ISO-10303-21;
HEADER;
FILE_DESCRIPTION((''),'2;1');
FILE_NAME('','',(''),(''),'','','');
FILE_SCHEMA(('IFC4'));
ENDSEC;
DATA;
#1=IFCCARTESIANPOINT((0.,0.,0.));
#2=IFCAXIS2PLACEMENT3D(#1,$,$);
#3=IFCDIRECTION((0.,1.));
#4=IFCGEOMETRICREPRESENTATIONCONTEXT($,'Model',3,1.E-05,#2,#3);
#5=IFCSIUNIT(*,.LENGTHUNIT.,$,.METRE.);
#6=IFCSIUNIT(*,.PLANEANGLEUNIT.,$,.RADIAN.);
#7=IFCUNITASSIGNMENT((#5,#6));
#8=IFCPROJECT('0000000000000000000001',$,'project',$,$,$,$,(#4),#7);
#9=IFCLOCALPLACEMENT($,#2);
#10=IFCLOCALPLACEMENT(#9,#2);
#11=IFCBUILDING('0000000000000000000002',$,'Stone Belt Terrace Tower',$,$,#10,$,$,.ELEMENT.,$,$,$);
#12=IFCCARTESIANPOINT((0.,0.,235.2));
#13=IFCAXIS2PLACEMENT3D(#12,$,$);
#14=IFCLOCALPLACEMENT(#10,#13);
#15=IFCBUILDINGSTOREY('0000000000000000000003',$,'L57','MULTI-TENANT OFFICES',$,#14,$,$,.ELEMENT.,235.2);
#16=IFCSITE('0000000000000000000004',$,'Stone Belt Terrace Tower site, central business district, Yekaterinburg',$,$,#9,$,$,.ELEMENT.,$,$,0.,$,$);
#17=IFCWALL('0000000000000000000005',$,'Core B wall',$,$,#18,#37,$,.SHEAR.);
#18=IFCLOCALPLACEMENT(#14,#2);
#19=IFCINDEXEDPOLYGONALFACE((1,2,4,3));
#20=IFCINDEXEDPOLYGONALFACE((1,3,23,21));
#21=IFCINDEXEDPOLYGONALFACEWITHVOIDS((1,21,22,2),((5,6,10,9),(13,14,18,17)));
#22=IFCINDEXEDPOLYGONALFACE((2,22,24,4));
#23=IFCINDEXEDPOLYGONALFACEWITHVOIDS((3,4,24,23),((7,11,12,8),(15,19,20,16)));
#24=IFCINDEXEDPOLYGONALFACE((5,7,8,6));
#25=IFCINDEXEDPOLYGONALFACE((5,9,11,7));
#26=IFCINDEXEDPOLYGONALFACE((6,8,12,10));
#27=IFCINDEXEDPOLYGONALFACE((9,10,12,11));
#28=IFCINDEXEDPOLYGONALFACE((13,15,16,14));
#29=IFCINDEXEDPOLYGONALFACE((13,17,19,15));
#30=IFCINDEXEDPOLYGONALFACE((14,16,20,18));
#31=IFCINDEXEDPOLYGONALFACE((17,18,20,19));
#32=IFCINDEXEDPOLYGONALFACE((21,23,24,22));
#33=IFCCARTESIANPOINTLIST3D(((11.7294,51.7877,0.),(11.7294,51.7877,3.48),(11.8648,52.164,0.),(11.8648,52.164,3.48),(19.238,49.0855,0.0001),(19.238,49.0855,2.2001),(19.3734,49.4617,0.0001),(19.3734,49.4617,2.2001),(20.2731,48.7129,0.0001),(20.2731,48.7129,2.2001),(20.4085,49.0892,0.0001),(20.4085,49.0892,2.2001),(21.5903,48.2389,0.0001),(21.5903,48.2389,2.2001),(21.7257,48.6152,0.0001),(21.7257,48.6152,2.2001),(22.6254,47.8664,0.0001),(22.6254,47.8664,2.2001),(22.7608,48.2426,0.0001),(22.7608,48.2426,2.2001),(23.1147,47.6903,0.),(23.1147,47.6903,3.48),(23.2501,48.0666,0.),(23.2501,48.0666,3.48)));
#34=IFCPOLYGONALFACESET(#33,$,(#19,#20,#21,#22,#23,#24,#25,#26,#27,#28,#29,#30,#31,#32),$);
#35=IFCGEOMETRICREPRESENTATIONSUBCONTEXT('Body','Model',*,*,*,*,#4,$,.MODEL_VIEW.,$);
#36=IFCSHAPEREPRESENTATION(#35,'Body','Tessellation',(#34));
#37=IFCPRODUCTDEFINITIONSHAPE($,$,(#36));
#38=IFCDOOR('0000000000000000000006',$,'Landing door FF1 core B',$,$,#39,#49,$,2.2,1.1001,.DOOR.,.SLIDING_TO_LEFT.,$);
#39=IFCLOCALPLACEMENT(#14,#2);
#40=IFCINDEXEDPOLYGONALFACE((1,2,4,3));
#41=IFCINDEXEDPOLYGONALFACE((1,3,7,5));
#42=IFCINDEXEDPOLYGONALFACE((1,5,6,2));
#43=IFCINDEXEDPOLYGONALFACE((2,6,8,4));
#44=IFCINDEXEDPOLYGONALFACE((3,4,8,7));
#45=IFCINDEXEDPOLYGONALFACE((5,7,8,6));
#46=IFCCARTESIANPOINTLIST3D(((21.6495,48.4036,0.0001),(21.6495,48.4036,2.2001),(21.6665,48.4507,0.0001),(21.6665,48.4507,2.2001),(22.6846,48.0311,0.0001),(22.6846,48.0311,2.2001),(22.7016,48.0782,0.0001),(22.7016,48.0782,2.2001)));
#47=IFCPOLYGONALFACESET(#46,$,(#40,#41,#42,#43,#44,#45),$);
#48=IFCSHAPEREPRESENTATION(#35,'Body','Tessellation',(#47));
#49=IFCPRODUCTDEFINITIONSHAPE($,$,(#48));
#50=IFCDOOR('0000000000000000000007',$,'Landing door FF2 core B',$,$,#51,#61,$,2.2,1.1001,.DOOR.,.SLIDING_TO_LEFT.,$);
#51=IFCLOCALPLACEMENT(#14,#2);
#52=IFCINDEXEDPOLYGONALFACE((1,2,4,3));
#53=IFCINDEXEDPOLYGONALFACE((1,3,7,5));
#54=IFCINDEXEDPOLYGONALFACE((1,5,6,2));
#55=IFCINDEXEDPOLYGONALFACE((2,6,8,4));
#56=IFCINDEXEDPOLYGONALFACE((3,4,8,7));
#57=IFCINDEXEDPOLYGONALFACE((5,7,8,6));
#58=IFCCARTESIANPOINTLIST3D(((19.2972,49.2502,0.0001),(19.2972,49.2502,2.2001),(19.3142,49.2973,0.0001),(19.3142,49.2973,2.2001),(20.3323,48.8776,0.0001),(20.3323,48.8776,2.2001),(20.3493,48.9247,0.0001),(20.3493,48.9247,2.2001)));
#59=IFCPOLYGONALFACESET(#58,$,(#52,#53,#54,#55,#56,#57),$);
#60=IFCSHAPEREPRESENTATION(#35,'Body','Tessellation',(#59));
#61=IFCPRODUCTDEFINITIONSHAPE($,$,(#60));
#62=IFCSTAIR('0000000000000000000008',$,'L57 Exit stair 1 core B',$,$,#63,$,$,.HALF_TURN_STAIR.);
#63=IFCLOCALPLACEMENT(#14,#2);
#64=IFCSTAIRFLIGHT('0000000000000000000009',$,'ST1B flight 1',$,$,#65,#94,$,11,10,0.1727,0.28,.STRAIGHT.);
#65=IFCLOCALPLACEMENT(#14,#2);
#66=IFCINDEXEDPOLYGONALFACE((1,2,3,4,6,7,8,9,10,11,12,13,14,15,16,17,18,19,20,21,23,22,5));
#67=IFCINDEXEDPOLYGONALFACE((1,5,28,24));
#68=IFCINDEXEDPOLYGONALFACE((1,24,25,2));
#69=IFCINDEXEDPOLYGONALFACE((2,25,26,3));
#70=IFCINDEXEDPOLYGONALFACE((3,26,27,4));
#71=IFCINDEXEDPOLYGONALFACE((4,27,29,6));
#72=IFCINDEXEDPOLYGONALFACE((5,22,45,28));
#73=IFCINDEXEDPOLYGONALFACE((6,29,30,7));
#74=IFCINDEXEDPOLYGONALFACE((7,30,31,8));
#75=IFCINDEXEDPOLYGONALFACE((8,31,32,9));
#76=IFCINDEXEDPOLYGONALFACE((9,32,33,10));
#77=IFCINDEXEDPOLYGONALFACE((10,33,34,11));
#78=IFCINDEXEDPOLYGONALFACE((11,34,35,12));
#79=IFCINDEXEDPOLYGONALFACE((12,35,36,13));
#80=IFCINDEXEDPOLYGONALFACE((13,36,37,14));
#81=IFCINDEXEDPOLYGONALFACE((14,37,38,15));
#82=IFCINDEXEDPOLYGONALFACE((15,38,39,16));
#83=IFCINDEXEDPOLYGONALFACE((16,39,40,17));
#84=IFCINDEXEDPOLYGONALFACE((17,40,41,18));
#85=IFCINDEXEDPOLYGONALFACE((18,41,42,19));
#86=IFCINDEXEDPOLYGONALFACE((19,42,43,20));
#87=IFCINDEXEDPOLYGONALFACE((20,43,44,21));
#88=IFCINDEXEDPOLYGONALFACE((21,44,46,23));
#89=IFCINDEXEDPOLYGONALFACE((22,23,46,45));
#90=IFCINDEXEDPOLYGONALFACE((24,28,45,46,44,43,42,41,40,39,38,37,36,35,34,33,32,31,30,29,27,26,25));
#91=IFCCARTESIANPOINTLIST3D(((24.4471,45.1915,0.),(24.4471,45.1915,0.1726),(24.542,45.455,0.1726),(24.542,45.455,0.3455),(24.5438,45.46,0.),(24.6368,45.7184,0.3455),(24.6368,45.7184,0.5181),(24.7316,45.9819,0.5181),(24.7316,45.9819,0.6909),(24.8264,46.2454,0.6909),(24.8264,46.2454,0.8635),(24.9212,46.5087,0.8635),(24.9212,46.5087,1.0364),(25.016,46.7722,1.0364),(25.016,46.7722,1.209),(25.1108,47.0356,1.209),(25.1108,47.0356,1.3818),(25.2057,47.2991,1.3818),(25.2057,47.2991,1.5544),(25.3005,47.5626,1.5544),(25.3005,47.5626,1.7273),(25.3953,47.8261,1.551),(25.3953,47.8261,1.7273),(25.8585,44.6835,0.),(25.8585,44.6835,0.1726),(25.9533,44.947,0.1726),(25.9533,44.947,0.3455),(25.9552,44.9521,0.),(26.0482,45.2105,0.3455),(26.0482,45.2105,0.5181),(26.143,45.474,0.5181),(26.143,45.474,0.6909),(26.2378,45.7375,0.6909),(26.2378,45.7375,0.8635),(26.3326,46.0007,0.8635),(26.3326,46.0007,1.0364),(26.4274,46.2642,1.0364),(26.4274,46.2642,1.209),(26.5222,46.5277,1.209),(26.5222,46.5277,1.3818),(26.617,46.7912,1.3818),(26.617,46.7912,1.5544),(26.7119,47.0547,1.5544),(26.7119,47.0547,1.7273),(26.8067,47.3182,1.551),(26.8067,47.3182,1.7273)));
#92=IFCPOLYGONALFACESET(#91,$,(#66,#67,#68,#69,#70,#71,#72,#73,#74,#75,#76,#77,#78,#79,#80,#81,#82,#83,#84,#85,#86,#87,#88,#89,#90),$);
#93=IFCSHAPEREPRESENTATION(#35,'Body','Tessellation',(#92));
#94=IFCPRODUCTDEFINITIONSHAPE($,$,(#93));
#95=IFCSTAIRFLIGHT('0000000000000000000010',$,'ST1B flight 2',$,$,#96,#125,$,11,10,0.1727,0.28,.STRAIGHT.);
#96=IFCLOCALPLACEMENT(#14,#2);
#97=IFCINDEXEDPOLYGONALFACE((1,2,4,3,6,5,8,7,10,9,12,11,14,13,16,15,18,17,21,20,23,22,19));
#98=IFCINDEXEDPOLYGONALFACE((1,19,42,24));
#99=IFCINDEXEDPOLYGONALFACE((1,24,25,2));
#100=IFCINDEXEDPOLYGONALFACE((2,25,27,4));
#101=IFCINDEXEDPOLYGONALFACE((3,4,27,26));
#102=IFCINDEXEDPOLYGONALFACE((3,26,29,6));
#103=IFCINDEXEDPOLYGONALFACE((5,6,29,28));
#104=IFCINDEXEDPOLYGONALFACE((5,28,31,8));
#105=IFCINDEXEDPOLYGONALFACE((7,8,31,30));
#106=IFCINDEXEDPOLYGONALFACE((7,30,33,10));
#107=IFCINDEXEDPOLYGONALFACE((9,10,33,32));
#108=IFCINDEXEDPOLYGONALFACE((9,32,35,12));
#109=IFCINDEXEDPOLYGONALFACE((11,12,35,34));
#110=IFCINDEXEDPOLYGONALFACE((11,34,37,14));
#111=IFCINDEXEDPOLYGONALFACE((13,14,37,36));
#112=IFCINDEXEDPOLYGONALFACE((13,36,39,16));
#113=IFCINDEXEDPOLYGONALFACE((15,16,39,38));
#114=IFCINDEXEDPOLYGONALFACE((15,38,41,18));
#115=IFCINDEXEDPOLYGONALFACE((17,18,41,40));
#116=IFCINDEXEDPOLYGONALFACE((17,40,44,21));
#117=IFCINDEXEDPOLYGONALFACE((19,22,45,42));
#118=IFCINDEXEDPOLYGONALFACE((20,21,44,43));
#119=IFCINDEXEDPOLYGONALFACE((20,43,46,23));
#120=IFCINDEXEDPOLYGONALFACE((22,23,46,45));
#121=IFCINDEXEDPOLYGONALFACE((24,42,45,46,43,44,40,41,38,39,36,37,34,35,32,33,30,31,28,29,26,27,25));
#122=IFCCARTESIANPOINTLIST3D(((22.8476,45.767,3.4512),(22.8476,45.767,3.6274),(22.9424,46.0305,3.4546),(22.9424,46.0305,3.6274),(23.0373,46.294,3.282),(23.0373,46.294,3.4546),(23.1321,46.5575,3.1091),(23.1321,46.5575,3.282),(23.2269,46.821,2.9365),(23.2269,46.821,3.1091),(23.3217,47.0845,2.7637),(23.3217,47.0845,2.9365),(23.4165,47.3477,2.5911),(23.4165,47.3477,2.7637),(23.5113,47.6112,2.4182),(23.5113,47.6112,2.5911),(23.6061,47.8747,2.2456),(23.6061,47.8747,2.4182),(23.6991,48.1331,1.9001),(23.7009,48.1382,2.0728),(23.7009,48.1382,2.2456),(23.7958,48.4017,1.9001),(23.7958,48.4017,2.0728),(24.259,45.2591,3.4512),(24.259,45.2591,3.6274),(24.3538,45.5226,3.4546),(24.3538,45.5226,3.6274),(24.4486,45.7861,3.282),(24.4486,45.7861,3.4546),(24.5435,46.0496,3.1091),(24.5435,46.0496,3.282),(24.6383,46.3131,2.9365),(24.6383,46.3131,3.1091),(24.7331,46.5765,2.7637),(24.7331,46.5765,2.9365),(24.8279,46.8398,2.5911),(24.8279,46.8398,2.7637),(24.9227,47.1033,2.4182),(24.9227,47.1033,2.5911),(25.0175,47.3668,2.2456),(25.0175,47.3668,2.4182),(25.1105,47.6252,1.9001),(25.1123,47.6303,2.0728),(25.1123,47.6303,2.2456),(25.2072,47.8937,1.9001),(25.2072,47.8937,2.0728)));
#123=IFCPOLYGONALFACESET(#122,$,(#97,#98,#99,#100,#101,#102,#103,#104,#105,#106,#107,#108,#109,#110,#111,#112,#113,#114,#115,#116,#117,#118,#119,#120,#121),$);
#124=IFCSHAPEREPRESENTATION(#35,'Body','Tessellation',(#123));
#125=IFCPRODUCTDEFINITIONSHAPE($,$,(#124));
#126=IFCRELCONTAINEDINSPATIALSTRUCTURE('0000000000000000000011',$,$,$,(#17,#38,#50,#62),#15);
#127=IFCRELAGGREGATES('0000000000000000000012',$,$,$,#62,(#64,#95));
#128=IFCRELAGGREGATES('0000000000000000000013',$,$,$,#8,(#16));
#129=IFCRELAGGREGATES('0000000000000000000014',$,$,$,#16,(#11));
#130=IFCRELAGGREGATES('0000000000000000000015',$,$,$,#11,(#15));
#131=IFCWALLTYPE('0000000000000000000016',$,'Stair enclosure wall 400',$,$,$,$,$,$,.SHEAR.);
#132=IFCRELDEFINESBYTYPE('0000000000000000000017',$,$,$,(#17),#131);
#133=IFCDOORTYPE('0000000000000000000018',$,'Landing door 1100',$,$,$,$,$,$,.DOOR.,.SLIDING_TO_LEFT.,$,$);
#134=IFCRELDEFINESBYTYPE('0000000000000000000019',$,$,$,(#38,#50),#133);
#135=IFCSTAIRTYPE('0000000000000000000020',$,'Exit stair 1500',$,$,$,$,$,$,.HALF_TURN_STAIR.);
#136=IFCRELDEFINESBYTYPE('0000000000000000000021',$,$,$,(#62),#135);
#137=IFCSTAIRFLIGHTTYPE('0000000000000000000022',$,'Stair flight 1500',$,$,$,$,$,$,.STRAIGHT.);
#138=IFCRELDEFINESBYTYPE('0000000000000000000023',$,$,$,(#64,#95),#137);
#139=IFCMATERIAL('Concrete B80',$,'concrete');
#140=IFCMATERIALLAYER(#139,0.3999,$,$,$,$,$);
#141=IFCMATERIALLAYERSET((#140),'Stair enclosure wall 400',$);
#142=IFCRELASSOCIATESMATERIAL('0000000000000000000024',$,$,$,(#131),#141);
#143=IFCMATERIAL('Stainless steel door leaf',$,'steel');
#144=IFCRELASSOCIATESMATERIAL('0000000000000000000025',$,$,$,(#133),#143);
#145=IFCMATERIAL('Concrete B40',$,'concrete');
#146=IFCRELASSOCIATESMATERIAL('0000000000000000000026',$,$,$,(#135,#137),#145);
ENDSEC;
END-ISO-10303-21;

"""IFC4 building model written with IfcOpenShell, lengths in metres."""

from ifc_helpers import new_model, si_unit, direction, frame, frame_2d, origin, place, context, subcontext, project, spatial, polyline, rectangle, outline, extrude, material, layer, layer_set, type_object, element, fill, aggregate, save


model = new_model("IFC4")

# Units and contexts
model_context = context("Model", 3, precision=1e-05, world=origin(), true_north=direction((0.0, 1.0)))
body_context = subcontext(model_context, "Body", "Model", "MODEL_VIEW")
ifc_project = project(units=[si_unit("LENGTHUNIT", "METRE"), si_unit("PLANEANGLEUNIT", "RADIAN")], contexts=[model_context])

# Site, building, storey
site_placement = place(None, origin())
site = spatial("IfcSite", under=ifc_project, at=site_placement, Name="Stone Belt Terrace Tower site, central business district, Yekaterinburg", CompositionType="ELEMENT", RefElevation=0.0)
building_placement = place(site_placement, origin())
building = spatial("IfcBuilding", under=site, at=building_placement, Name="Stone Belt Terrace Tower", CompositionType="ELEMENT")
storey_placement = place(building_placement, frame((0.0, 0.0, 235.2)))
storey = spatial("IfcBuildingStorey", under=building, at=storey_placement, Name="L57", Description="MULTI-TENANT OFFICES", CompositionType="ELEMENT", Elevation=235.2)

# Shared definitions
ifc_material_1 = material(Name="Concrete B80", Category="concrete")

# Wall, openings, doors
ifc_layer_1 = layer(ifc_material_1, 0.3999)
ifc_layer_set_1 = layer_set([ifc_layer_1], Name="Stair enclosure wall 400")
wall_type_1 = type_object("IfcWallType", Name="Stair enclosure wall 400", PredefinedType="SHEAR", material=ifc_layer_set_1)
wall_1_placement = place(storey_placement, frame((23.1824, 47.8784, 0.0), z_axis=(0.0, 0.0, 1.0), x_axis=(-0.940921, 0.338626, 0.0)))
wall_1 = element("IfcWall", 1, at=wall_1_placement, inside=storey, type_object=wall_type_1, Name="Core B wall", PredefinedType="SHEAR", context=body_context, shape_type="SweptSolid", body=[
    extrude(rectangle(XDim=12.1001, YDim=0.3999, at=frame_2d((6.05, 0.0))), origin(), (0.0, 0.0, 1.0), 3.48),
])
opening_1_placement = place(wall_1_placement, frame((0.52, 0.0, 0.0)))
opening_1 = element("IfcOpeningElement", 2, at=opening_1_placement, cuts=wall_1, PredefinedType="OPENING", context=body_context, shape_type="SweptSolid", body=[
    extrude(rectangle(XDim=1.1001, YDim=2.2, at=frame_2d((0.55, 1.1001))), frame((0.0, 0.21, 0.0), z_axis=(0.0, -1.0, 0.0), x_axis=(1.0, 0.0, 0.0)), (0.0, 0.0, 1.0), 0.4199),
])
opening_2_placement = place(wall_1_placement, frame((3.02, 0.0, 0.0)))
opening_2 = element("IfcOpeningElement", 3, at=opening_2_placement, cuts=wall_1, PredefinedType="OPENING", context=body_context, shape_type="SweptSolid", body=[
    extrude(rectangle(XDim=1.1001, YDim=2.2, at=frame_2d((0.55, 1.1001))), frame((0.0, 0.21, 0.0), z_axis=(0.0, -1.0, 0.0), x_axis=(1.0, 0.0, 0.0)), (0.0, 0.0, 1.0), 0.4199),
])
ifc_material_2 = material(Name="Stainless steel door leaf", Category="steel")
door_type_1 = type_object("IfcDoorType", Name="Landing door 1100", OperationType="SLIDING_TO_LEFT", PredefinedType="DOOR", material=ifc_material_2)
door_1_placement = place(opening_1_placement, origin())
door_1 = element("IfcDoor", 4, at=door_1_placement, inside=storey, type_object=door_type_1, Name="Landing door FF1 core B", OperationType="SLIDING_TO_LEFT", OverallHeight=2.2, OverallWidth=1.1001, PredefinedType="DOOR", context=body_context, shape_type="SweptSolid", body=[
    extrude(rectangle(XDim=1.1001, YDim=2.2, at=frame_2d((0.55, 1.1001))), frame((0.0, 0.0249, 0.0), z_axis=(0.0, -1.0, 0.0), x_axis=(1.0, 0.0, 0.0)), (0.0, 0.0, 1.0), 0.05),
])
fill(opening_1, door_1)
door_2_placement = place(opening_2_placement, origin())
door_2 = element("IfcDoor", 5, at=door_2_placement, inside=storey, type_object=door_type_1, Name="Landing door FF2 core B", OperationType="SLIDING_TO_LEFT", OverallHeight=2.2, OverallWidth=1.1001, PredefinedType="DOOR", context=body_context, shape_type="SweptSolid", body=[
    extrude(rectangle(XDim=1.1001, YDim=2.2, at=frame_2d((0.55, 1.1001))), frame((0.0, 0.0249, 0.0), z_axis=(0.0, -1.0, 0.0), x_axis=(1.0, 0.0, 0.0)), (0.0, 0.0, 1.0), 0.05),
])
fill(opening_2, door_2)

# Stair, stair flights
ifc_material_3 = material(Name="Concrete B40", Category="concrete")
stair_type = type_object("IfcStairType", Name="Exit stair 1500", PredefinedType="HALF_TURN_STAIR", material=ifc_material_3)
stair_placement = place(storey_placement, origin())
stair = element("IfcStair", 6, at=stair_placement, inside=storey, type_object=stair_type, Name="L57 Exit stair 1 core B", PredefinedType="HALF_TURN_STAIR")
stair_flight_type = type_object("IfcStairFlightType", Name="Stair flight 1500", PredefinedType="STRAIGHT", material=ifc_material_3)
stair_flight_1_placement = place(storey_placement, frame((25.1528, 44.9375, 0.0), z_axis=(0.0, 0.0, 1.0), x_axis=(0.338624, 0.940922, 0.0)))
stair_flight_1 = element("IfcStairFlight", 7, at=stair_flight_1_placement, type_object=stair_flight_type, Name="ST1B flight 1", NumberOfRisers=11, NumberOfTreads=10, PredefinedType="STRAIGHT", RiserHeight=0.1727, TreadLength=0.28, context=body_context, shape_type="SweptSolid", body=[
    extrude(outline(polyline([(0.0, 0.0), (0.0, 0.1726), (0.28, 0.1726), (0.28, 0.3455), (0.5601, 0.3455), (0.5601, 0.5181), (0.8401, 0.5181), (0.8401, 0.6909), (1.1201, 0.6909), (1.1201, 0.8635), (1.3999, 0.8635), (1.3999, 1.0364), (1.6799, 1.0364), (1.6799, 1.209), (1.96, 1.209), (1.96, 1.3818), (2.24, 1.3818), (2.24, 1.5544), (2.52, 1.5544), (2.52, 1.7273), (2.8, 1.7273), (2.8, 1.8999), (2.8, 1.551), (0.2854, 0.0), (0.0, 0.0)])), frame((0.0, 0.75, 0.0), z_axis=(0.0, -1.0, 0.0), x_axis=(1.0, 0.0, 0.0)), (0.0, 0.0, 1.0), 1.5),
])
stair_flight_2_placement = place(storey_placement, frame((24.5015, 48.1477, 1.9001), z_axis=(0.0, 0.0, 1.0), x_axis=(-0.338624, -0.940922, 0.0)))
stair_flight_2 = element("IfcStairFlight", 8, at=stair_flight_2_placement, type_object=stair_flight_type, Name="ST1B flight 2", NumberOfRisers=11, NumberOfTreads=10, PredefinedType="STRAIGHT", RiserHeight=0.1727, TreadLength=0.28, context=body_context, shape_type="SweptSolid", body=[
    extrude(outline(polyline([(0.0, 0.0), (0.0, 0.1726), (0.28, 0.1726), (0.28, 0.3455), (0.5601, 0.3455), (0.5601, 0.5181), (0.8401, 0.5181), (0.8401, 0.6909), (1.1201, 0.6909), (1.1201, 0.8635), (1.3999, 0.8635), (1.3999, 1.0364), (1.6799, 1.0364), (1.6799, 1.209), (1.96, 1.209), (1.96, 1.3818), (2.24, 1.3818), (2.24, 1.5544), (2.52, 1.5544), (2.52, 1.7273), (2.8, 1.7273), (2.8, 1.8999), (2.8, 1.551), (0.2854, 0.0), (0.0, 0.0)])), frame((0.0, 0.75, 0.0), z_axis=(0.0, -1.0, 0.0), x_axis=(1.0, 0.0, 0.0)), (0.0, 0.0, 1.0), 1.5),
])
aggregate(stair, [stair_flight_1, stair_flight_2])

save(model, "model.ifc")
